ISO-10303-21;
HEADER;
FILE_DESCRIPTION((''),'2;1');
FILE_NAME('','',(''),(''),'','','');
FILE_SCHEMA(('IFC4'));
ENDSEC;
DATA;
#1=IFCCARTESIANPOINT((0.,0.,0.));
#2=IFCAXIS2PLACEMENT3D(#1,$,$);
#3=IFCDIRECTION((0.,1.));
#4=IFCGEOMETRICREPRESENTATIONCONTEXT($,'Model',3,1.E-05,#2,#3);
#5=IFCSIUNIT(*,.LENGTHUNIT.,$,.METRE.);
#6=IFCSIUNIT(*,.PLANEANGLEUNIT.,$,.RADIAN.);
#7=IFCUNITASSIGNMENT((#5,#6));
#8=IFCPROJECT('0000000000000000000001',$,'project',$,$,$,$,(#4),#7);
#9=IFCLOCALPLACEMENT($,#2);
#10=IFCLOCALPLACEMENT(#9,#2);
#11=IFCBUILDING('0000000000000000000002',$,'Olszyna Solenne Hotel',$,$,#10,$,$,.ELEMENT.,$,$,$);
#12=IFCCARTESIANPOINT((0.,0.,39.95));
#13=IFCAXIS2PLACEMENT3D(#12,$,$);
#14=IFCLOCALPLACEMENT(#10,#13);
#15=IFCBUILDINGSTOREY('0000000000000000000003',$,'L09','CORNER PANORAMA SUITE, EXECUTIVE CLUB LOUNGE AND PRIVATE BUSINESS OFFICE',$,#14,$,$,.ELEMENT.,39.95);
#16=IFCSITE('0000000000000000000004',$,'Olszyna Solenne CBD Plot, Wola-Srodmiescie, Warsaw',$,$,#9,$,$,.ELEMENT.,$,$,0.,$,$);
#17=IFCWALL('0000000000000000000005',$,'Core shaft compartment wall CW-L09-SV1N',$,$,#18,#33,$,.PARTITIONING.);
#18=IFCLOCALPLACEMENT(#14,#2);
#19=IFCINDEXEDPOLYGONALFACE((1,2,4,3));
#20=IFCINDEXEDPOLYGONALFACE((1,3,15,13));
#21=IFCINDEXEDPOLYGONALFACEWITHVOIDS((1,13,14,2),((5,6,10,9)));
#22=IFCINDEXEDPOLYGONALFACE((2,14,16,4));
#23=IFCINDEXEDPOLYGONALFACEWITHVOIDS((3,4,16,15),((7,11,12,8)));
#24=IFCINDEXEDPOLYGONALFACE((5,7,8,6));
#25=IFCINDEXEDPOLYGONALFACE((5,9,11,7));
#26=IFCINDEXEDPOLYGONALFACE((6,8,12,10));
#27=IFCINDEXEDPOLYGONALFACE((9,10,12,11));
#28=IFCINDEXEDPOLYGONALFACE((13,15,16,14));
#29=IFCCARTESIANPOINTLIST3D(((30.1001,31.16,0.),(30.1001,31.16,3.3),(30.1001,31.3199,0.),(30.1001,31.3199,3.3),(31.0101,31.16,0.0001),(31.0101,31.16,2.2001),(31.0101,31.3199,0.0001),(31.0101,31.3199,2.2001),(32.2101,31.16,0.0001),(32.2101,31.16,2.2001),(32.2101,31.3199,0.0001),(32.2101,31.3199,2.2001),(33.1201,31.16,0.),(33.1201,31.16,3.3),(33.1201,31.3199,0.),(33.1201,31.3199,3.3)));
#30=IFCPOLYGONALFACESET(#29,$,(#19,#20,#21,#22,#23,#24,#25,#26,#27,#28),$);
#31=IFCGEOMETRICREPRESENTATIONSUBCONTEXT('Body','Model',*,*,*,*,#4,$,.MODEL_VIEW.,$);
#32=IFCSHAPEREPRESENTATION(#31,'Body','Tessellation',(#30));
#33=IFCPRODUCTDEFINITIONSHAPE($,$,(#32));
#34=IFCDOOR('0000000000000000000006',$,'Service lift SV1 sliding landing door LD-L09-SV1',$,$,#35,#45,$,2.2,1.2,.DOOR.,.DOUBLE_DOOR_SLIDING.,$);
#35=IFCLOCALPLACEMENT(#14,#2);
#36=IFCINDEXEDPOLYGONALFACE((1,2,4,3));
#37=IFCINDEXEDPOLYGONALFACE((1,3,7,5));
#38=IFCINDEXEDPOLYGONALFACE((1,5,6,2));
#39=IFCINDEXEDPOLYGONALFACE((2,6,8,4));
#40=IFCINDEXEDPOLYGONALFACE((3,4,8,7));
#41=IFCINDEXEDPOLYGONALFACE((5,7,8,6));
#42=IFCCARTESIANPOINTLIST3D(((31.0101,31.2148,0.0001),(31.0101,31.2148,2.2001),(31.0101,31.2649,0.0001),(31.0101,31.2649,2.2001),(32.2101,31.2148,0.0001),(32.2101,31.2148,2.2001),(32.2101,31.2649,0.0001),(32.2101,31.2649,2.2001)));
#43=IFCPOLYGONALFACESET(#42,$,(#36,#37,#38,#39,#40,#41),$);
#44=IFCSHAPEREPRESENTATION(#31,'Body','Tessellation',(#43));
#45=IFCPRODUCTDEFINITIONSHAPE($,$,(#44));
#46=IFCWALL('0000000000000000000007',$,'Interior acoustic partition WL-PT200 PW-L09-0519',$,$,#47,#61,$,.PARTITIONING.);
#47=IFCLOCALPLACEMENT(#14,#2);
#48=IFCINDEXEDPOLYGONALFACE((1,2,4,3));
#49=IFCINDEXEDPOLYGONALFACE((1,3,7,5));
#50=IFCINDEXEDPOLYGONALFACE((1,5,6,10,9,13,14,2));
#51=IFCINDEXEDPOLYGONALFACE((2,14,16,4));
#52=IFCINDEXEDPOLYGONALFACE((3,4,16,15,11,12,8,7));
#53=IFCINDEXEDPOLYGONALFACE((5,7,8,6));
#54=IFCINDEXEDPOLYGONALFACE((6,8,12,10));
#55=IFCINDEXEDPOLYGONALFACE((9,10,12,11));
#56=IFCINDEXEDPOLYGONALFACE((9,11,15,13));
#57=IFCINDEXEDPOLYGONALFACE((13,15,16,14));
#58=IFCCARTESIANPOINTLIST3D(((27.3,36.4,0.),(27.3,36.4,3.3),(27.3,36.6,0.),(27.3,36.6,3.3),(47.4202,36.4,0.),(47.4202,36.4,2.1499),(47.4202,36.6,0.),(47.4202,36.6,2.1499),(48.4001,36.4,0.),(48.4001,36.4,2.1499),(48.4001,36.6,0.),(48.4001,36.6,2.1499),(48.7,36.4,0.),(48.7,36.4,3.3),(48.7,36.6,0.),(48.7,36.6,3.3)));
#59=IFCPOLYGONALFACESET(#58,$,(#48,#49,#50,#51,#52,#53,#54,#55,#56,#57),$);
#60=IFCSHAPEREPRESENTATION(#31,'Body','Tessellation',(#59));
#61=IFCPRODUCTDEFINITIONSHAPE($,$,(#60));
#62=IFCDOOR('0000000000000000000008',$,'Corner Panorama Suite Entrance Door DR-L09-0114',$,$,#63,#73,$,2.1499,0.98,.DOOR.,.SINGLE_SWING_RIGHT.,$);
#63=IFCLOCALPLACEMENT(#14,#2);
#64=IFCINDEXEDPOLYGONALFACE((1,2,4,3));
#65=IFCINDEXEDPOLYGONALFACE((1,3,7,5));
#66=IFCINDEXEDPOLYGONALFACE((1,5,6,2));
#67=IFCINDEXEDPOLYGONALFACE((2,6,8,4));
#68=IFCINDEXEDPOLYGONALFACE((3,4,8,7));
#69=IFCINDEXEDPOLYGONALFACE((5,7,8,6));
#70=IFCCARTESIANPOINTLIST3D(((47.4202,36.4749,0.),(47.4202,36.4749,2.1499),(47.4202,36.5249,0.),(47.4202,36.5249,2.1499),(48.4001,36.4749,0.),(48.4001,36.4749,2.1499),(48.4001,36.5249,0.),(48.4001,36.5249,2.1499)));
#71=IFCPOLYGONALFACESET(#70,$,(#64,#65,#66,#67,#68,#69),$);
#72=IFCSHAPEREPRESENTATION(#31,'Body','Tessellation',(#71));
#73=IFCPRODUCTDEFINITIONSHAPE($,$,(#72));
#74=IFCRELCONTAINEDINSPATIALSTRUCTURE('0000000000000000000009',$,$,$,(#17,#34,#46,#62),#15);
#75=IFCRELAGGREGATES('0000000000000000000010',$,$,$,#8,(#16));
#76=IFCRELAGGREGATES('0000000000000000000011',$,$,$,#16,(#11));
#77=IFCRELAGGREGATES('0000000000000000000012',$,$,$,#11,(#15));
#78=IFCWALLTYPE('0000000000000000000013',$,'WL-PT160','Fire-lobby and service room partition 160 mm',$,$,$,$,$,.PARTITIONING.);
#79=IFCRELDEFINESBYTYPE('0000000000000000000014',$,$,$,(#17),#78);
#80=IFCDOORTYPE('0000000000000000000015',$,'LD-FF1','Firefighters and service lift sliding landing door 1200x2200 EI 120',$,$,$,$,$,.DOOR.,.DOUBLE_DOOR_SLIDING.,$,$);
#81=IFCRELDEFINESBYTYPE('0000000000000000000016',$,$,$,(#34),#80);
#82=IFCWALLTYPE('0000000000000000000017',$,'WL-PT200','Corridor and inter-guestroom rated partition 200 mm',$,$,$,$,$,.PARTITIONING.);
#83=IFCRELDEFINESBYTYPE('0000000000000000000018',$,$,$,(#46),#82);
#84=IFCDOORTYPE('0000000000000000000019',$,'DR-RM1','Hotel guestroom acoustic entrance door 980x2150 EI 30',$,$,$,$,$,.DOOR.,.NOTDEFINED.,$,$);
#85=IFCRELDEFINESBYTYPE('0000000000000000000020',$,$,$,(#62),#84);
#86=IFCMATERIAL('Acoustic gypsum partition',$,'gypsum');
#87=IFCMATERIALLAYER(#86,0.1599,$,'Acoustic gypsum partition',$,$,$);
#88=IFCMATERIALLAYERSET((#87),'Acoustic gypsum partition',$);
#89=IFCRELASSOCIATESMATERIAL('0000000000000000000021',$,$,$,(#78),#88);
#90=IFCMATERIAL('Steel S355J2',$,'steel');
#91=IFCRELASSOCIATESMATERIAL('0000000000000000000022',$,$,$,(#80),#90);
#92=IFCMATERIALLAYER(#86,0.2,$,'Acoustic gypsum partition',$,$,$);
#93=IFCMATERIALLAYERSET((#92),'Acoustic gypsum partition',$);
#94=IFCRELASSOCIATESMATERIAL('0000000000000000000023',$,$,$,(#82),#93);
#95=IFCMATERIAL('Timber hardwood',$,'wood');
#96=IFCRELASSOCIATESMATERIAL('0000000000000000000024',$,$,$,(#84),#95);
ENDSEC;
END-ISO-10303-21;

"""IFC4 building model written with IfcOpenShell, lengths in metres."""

from ifc_helpers import new_model, si_unit, direction, frame, frame_2d, origin, place, context, subcontext, project, spatial, rectangle, extrude, source, transform, mapped, material, layer, layer_set, type_object, type_shapes, element, fill, save


model = new_model("IFC4")

# Units and contexts
model_context = context("Model", 3, precision=1e-05, world=origin(), true_north=direction((0.0, 1.0)))
body_context = subcontext(model_context, "Body", "Model", "MODEL_VIEW")
ifc_project = project(units=[si_unit("LENGTHUNIT", "METRE"), si_unit("PLANEANGLEUNIT", "RADIAN")], contexts=[model_context])

# Site, building, storey
site_placement = place(None, origin())
site = spatial("IfcSite", under=ifc_project, at=site_placement, Name="Olszyna Solenne CBD Plot, Wola-Srodmiescie, Warsaw", CompositionType="ELEMENT", RefElevation=0.0)
building_placement = place(site_placement, origin())
building = spatial("IfcBuilding", under=site, at=building_placement, Name="Olszyna Solenne Hotel", CompositionType="ELEMENT")
storey_placement = place(building_placement, frame((0.0, 0.0, 39.95)))
storey = spatial("IfcBuildingStorey", under=building, at=storey_placement, Name="L09", Description="CORNER PANORAMA SUITE, EXECUTIVE CLUB LOUNGE AND PRIVATE BUSINESS OFFICE", CompositionType="ELEMENT", Elevation=39.95)

# Shared definitions
ifc_material_1 = material(Name="Steel S355J2", Category="steel")

# Shared definitions
ifc_material_2 = material(Name="Acoustic gypsum partition", Category="gypsum")

# Walls, openings, doors
ifc_layer_1 = layer(ifc_material_2, 0.1599, Name="Acoustic gypsum partition")
ifc_layer_set_1 = layer_set([ifc_layer_1], Name="Acoustic gypsum partition")
wall_type_1 = type_object("IfcWallType", Name="WL-PT160", Description="Fire-lobby and service room partition 160 mm", PredefinedType="PARTITIONING", material=ifc_layer_set_1)
wall_1_placement = place(storey_placement, frame((30.1001, 31.24, 0.0), z_axis=(0.0, 0.0, 1.0), x_axis=(1.0, 0.0, 0.0)))
wall_1 = element("IfcWall", 1, at=wall_1_placement, inside=storey, type_object=wall_type_1, Name="Core shaft compartment wall CW-L09-SV1N", PredefinedType="PARTITIONING", context=body_context, shape_type="SweptSolid", body=[
    extrude(rectangle(XDim=3.02, YDim=0.1599, at=frame_2d((1.51, 0.0))), origin(), (0.0, 0.0, 1.0), 3.3),
])
opening_1_placement = place(wall_1_placement, frame((0.9099, 0.0, 0.0)))
opening_1 = element("IfcOpeningElement", 2, at=opening_1_placement, cuts=wall_1, PredefinedType="OPENING", context=body_context, shape_type="SweptSolid", body=[
    extrude(rectangle(XDim=1.2, YDim=2.2, at=frame_2d((0.6001, 1.1001))), frame((0.0, 0.0898, 0.0), z_axis=(0.0, -1.0, 0.0), x_axis=(1.0, 0.0, 0.0)), (0.0, 0.0, 1.0), 0.1799),
])
door_type_1 = type_object("IfcDoorType", Name="LD-FF1", Description="Firefighters and service lift sliding landing door 1200x2200 EI 120", OperationType="DOUBLE_DOOR_SLIDING", PredefinedType="DOOR", material=ifc_material_1)
shared_shape_1 = source(origin(), body_context, "Body", "SweptSolid", [
    extrude(rectangle(XDim=1.2, YDim=2.2, at=frame_2d((0.6001, 1.1001))), frame((0.0, 0.0249, 0.0), z_axis=(0.0, -1.0, 0.0), x_axis=(1.0, 0.0, 0.0)), (0.0, 0.0, 1.0), 0.05),
])
type_shapes(door_type_1, [shared_shape_1])
door_1_placement = place(opening_1_placement, origin())
door_1 = element("IfcDoor", 3, at=door_1_placement, inside=storey, type_object=door_type_1, Name="Service lift SV1 sliding landing door LD-L09-SV1", OperationType="DOUBLE_DOOR_SLIDING", OverallHeight=2.2, OverallWidth=1.2, PredefinedType="DOOR", context=body_context, shape_type="MappedRepresentation", body=[
    mapped(shared_shape_1, transform((0.0, 0.0, 0.0), x_axis=(1.0, 0.0, 0.0), y_axis=(0.0, 1.0, 0.0), z_axis=(0.0, 0.0, 1.0), scale=1.0)),
])
fill(opening_1, door_1)
ifc_layer_2 = layer(ifc_material_2, 0.2, Name="Acoustic gypsum partition")
ifc_layer_set_2 = layer_set([ifc_layer_2], Name="Acoustic gypsum partition")
wall_type_2 = type_object("IfcWallType", Name="WL-PT200", Description="Corridor and inter-guestroom rated partition 200 mm", PredefinedType="PARTITIONING", material=ifc_layer_set_2)
wall_2_placement = place(storey_placement, frame((27.3, 36.5, 0.0), z_axis=(0.0, 0.0, 1.0), x_axis=(1.0, 0.0, 0.0)))
wall_2 = element("IfcWall", 4, at=wall_2_placement, inside=storey, type_object=wall_type_2, Name="Interior acoustic partition WL-PT200 PW-L09-0519", PredefinedType="PARTITIONING", context=body_context, shape_type="SweptSolid", body=[
    extrude(rectangle(XDim=21.3999, YDim=0.2, at=frame_2d((10.7, 0.0))), origin(), (0.0, 0.0, 1.0), 3.3),
])
opening_2_placement = place(wall_2_placement, frame((20.1201, 0.0, 0.0)))
opening_2 = element("IfcOpeningElement", 5, at=opening_2_placement, cuts=wall_2, PredefinedType="OPENING", context=body_context, shape_type="SweptSolid", body=[
    extrude(rectangle(XDim=0.98, YDim=2.1499, at=frame_2d((0.49, 1.075))), frame((0.0, 0.1099, 0.0), z_axis=(0.0, -1.0, 0.0), x_axis=(1.0, 0.0, 0.0)), (0.0, 0.0, 1.0), 0.22),
])
ifc_material_3 = material(Name="Timber hardwood", Category="wood")
door_type_2 = type_object("IfcDoorType", Name="DR-RM1", Description="Hotel guestroom acoustic entrance door 980x2150 EI 30", OperationType="NOTDEFINED", PredefinedType="DOOR", material=ifc_material_3)
shared_shape_2 = source(origin(), body_context, "Body", "SweptSolid", [
    extrude(rectangle(XDim=0.98, YDim=2.1499, at=frame_2d((0.49, 1.075))), frame((0.0, 0.0249, 0.0), z_axis=(0.0, -1.0, 0.0), x_axis=(1.0, 0.0, 0.0)), (0.0, 0.0, 1.0), 0.05),
])
type_shapes(door_type_2, [shared_shape_2])
door_2_placement = place(opening_2_placement, origin())
door_2 = element("IfcDoor", 6, at=door_2_placement, inside=storey, type_object=door_type_2, Name="Corner Panorama Suite Entrance Door DR-L09-0114", OperationType="SINGLE_SWING_RIGHT", OverallHeight=2.1499, OverallWidth=0.98, PredefinedType="DOOR", context=body_context, shape_type="MappedRepresentation", body=[
    mapped(shared_shape_2, transform((0.0, 0.0, 0.0), x_axis=(1.0, 0.0, 0.0), y_axis=(0.0, 1.0, 0.0), z_axis=(0.0, 0.0, 1.0), scale=1.0)),
])
fill(opening_2, door_2)

save(model, "model.ifc")
